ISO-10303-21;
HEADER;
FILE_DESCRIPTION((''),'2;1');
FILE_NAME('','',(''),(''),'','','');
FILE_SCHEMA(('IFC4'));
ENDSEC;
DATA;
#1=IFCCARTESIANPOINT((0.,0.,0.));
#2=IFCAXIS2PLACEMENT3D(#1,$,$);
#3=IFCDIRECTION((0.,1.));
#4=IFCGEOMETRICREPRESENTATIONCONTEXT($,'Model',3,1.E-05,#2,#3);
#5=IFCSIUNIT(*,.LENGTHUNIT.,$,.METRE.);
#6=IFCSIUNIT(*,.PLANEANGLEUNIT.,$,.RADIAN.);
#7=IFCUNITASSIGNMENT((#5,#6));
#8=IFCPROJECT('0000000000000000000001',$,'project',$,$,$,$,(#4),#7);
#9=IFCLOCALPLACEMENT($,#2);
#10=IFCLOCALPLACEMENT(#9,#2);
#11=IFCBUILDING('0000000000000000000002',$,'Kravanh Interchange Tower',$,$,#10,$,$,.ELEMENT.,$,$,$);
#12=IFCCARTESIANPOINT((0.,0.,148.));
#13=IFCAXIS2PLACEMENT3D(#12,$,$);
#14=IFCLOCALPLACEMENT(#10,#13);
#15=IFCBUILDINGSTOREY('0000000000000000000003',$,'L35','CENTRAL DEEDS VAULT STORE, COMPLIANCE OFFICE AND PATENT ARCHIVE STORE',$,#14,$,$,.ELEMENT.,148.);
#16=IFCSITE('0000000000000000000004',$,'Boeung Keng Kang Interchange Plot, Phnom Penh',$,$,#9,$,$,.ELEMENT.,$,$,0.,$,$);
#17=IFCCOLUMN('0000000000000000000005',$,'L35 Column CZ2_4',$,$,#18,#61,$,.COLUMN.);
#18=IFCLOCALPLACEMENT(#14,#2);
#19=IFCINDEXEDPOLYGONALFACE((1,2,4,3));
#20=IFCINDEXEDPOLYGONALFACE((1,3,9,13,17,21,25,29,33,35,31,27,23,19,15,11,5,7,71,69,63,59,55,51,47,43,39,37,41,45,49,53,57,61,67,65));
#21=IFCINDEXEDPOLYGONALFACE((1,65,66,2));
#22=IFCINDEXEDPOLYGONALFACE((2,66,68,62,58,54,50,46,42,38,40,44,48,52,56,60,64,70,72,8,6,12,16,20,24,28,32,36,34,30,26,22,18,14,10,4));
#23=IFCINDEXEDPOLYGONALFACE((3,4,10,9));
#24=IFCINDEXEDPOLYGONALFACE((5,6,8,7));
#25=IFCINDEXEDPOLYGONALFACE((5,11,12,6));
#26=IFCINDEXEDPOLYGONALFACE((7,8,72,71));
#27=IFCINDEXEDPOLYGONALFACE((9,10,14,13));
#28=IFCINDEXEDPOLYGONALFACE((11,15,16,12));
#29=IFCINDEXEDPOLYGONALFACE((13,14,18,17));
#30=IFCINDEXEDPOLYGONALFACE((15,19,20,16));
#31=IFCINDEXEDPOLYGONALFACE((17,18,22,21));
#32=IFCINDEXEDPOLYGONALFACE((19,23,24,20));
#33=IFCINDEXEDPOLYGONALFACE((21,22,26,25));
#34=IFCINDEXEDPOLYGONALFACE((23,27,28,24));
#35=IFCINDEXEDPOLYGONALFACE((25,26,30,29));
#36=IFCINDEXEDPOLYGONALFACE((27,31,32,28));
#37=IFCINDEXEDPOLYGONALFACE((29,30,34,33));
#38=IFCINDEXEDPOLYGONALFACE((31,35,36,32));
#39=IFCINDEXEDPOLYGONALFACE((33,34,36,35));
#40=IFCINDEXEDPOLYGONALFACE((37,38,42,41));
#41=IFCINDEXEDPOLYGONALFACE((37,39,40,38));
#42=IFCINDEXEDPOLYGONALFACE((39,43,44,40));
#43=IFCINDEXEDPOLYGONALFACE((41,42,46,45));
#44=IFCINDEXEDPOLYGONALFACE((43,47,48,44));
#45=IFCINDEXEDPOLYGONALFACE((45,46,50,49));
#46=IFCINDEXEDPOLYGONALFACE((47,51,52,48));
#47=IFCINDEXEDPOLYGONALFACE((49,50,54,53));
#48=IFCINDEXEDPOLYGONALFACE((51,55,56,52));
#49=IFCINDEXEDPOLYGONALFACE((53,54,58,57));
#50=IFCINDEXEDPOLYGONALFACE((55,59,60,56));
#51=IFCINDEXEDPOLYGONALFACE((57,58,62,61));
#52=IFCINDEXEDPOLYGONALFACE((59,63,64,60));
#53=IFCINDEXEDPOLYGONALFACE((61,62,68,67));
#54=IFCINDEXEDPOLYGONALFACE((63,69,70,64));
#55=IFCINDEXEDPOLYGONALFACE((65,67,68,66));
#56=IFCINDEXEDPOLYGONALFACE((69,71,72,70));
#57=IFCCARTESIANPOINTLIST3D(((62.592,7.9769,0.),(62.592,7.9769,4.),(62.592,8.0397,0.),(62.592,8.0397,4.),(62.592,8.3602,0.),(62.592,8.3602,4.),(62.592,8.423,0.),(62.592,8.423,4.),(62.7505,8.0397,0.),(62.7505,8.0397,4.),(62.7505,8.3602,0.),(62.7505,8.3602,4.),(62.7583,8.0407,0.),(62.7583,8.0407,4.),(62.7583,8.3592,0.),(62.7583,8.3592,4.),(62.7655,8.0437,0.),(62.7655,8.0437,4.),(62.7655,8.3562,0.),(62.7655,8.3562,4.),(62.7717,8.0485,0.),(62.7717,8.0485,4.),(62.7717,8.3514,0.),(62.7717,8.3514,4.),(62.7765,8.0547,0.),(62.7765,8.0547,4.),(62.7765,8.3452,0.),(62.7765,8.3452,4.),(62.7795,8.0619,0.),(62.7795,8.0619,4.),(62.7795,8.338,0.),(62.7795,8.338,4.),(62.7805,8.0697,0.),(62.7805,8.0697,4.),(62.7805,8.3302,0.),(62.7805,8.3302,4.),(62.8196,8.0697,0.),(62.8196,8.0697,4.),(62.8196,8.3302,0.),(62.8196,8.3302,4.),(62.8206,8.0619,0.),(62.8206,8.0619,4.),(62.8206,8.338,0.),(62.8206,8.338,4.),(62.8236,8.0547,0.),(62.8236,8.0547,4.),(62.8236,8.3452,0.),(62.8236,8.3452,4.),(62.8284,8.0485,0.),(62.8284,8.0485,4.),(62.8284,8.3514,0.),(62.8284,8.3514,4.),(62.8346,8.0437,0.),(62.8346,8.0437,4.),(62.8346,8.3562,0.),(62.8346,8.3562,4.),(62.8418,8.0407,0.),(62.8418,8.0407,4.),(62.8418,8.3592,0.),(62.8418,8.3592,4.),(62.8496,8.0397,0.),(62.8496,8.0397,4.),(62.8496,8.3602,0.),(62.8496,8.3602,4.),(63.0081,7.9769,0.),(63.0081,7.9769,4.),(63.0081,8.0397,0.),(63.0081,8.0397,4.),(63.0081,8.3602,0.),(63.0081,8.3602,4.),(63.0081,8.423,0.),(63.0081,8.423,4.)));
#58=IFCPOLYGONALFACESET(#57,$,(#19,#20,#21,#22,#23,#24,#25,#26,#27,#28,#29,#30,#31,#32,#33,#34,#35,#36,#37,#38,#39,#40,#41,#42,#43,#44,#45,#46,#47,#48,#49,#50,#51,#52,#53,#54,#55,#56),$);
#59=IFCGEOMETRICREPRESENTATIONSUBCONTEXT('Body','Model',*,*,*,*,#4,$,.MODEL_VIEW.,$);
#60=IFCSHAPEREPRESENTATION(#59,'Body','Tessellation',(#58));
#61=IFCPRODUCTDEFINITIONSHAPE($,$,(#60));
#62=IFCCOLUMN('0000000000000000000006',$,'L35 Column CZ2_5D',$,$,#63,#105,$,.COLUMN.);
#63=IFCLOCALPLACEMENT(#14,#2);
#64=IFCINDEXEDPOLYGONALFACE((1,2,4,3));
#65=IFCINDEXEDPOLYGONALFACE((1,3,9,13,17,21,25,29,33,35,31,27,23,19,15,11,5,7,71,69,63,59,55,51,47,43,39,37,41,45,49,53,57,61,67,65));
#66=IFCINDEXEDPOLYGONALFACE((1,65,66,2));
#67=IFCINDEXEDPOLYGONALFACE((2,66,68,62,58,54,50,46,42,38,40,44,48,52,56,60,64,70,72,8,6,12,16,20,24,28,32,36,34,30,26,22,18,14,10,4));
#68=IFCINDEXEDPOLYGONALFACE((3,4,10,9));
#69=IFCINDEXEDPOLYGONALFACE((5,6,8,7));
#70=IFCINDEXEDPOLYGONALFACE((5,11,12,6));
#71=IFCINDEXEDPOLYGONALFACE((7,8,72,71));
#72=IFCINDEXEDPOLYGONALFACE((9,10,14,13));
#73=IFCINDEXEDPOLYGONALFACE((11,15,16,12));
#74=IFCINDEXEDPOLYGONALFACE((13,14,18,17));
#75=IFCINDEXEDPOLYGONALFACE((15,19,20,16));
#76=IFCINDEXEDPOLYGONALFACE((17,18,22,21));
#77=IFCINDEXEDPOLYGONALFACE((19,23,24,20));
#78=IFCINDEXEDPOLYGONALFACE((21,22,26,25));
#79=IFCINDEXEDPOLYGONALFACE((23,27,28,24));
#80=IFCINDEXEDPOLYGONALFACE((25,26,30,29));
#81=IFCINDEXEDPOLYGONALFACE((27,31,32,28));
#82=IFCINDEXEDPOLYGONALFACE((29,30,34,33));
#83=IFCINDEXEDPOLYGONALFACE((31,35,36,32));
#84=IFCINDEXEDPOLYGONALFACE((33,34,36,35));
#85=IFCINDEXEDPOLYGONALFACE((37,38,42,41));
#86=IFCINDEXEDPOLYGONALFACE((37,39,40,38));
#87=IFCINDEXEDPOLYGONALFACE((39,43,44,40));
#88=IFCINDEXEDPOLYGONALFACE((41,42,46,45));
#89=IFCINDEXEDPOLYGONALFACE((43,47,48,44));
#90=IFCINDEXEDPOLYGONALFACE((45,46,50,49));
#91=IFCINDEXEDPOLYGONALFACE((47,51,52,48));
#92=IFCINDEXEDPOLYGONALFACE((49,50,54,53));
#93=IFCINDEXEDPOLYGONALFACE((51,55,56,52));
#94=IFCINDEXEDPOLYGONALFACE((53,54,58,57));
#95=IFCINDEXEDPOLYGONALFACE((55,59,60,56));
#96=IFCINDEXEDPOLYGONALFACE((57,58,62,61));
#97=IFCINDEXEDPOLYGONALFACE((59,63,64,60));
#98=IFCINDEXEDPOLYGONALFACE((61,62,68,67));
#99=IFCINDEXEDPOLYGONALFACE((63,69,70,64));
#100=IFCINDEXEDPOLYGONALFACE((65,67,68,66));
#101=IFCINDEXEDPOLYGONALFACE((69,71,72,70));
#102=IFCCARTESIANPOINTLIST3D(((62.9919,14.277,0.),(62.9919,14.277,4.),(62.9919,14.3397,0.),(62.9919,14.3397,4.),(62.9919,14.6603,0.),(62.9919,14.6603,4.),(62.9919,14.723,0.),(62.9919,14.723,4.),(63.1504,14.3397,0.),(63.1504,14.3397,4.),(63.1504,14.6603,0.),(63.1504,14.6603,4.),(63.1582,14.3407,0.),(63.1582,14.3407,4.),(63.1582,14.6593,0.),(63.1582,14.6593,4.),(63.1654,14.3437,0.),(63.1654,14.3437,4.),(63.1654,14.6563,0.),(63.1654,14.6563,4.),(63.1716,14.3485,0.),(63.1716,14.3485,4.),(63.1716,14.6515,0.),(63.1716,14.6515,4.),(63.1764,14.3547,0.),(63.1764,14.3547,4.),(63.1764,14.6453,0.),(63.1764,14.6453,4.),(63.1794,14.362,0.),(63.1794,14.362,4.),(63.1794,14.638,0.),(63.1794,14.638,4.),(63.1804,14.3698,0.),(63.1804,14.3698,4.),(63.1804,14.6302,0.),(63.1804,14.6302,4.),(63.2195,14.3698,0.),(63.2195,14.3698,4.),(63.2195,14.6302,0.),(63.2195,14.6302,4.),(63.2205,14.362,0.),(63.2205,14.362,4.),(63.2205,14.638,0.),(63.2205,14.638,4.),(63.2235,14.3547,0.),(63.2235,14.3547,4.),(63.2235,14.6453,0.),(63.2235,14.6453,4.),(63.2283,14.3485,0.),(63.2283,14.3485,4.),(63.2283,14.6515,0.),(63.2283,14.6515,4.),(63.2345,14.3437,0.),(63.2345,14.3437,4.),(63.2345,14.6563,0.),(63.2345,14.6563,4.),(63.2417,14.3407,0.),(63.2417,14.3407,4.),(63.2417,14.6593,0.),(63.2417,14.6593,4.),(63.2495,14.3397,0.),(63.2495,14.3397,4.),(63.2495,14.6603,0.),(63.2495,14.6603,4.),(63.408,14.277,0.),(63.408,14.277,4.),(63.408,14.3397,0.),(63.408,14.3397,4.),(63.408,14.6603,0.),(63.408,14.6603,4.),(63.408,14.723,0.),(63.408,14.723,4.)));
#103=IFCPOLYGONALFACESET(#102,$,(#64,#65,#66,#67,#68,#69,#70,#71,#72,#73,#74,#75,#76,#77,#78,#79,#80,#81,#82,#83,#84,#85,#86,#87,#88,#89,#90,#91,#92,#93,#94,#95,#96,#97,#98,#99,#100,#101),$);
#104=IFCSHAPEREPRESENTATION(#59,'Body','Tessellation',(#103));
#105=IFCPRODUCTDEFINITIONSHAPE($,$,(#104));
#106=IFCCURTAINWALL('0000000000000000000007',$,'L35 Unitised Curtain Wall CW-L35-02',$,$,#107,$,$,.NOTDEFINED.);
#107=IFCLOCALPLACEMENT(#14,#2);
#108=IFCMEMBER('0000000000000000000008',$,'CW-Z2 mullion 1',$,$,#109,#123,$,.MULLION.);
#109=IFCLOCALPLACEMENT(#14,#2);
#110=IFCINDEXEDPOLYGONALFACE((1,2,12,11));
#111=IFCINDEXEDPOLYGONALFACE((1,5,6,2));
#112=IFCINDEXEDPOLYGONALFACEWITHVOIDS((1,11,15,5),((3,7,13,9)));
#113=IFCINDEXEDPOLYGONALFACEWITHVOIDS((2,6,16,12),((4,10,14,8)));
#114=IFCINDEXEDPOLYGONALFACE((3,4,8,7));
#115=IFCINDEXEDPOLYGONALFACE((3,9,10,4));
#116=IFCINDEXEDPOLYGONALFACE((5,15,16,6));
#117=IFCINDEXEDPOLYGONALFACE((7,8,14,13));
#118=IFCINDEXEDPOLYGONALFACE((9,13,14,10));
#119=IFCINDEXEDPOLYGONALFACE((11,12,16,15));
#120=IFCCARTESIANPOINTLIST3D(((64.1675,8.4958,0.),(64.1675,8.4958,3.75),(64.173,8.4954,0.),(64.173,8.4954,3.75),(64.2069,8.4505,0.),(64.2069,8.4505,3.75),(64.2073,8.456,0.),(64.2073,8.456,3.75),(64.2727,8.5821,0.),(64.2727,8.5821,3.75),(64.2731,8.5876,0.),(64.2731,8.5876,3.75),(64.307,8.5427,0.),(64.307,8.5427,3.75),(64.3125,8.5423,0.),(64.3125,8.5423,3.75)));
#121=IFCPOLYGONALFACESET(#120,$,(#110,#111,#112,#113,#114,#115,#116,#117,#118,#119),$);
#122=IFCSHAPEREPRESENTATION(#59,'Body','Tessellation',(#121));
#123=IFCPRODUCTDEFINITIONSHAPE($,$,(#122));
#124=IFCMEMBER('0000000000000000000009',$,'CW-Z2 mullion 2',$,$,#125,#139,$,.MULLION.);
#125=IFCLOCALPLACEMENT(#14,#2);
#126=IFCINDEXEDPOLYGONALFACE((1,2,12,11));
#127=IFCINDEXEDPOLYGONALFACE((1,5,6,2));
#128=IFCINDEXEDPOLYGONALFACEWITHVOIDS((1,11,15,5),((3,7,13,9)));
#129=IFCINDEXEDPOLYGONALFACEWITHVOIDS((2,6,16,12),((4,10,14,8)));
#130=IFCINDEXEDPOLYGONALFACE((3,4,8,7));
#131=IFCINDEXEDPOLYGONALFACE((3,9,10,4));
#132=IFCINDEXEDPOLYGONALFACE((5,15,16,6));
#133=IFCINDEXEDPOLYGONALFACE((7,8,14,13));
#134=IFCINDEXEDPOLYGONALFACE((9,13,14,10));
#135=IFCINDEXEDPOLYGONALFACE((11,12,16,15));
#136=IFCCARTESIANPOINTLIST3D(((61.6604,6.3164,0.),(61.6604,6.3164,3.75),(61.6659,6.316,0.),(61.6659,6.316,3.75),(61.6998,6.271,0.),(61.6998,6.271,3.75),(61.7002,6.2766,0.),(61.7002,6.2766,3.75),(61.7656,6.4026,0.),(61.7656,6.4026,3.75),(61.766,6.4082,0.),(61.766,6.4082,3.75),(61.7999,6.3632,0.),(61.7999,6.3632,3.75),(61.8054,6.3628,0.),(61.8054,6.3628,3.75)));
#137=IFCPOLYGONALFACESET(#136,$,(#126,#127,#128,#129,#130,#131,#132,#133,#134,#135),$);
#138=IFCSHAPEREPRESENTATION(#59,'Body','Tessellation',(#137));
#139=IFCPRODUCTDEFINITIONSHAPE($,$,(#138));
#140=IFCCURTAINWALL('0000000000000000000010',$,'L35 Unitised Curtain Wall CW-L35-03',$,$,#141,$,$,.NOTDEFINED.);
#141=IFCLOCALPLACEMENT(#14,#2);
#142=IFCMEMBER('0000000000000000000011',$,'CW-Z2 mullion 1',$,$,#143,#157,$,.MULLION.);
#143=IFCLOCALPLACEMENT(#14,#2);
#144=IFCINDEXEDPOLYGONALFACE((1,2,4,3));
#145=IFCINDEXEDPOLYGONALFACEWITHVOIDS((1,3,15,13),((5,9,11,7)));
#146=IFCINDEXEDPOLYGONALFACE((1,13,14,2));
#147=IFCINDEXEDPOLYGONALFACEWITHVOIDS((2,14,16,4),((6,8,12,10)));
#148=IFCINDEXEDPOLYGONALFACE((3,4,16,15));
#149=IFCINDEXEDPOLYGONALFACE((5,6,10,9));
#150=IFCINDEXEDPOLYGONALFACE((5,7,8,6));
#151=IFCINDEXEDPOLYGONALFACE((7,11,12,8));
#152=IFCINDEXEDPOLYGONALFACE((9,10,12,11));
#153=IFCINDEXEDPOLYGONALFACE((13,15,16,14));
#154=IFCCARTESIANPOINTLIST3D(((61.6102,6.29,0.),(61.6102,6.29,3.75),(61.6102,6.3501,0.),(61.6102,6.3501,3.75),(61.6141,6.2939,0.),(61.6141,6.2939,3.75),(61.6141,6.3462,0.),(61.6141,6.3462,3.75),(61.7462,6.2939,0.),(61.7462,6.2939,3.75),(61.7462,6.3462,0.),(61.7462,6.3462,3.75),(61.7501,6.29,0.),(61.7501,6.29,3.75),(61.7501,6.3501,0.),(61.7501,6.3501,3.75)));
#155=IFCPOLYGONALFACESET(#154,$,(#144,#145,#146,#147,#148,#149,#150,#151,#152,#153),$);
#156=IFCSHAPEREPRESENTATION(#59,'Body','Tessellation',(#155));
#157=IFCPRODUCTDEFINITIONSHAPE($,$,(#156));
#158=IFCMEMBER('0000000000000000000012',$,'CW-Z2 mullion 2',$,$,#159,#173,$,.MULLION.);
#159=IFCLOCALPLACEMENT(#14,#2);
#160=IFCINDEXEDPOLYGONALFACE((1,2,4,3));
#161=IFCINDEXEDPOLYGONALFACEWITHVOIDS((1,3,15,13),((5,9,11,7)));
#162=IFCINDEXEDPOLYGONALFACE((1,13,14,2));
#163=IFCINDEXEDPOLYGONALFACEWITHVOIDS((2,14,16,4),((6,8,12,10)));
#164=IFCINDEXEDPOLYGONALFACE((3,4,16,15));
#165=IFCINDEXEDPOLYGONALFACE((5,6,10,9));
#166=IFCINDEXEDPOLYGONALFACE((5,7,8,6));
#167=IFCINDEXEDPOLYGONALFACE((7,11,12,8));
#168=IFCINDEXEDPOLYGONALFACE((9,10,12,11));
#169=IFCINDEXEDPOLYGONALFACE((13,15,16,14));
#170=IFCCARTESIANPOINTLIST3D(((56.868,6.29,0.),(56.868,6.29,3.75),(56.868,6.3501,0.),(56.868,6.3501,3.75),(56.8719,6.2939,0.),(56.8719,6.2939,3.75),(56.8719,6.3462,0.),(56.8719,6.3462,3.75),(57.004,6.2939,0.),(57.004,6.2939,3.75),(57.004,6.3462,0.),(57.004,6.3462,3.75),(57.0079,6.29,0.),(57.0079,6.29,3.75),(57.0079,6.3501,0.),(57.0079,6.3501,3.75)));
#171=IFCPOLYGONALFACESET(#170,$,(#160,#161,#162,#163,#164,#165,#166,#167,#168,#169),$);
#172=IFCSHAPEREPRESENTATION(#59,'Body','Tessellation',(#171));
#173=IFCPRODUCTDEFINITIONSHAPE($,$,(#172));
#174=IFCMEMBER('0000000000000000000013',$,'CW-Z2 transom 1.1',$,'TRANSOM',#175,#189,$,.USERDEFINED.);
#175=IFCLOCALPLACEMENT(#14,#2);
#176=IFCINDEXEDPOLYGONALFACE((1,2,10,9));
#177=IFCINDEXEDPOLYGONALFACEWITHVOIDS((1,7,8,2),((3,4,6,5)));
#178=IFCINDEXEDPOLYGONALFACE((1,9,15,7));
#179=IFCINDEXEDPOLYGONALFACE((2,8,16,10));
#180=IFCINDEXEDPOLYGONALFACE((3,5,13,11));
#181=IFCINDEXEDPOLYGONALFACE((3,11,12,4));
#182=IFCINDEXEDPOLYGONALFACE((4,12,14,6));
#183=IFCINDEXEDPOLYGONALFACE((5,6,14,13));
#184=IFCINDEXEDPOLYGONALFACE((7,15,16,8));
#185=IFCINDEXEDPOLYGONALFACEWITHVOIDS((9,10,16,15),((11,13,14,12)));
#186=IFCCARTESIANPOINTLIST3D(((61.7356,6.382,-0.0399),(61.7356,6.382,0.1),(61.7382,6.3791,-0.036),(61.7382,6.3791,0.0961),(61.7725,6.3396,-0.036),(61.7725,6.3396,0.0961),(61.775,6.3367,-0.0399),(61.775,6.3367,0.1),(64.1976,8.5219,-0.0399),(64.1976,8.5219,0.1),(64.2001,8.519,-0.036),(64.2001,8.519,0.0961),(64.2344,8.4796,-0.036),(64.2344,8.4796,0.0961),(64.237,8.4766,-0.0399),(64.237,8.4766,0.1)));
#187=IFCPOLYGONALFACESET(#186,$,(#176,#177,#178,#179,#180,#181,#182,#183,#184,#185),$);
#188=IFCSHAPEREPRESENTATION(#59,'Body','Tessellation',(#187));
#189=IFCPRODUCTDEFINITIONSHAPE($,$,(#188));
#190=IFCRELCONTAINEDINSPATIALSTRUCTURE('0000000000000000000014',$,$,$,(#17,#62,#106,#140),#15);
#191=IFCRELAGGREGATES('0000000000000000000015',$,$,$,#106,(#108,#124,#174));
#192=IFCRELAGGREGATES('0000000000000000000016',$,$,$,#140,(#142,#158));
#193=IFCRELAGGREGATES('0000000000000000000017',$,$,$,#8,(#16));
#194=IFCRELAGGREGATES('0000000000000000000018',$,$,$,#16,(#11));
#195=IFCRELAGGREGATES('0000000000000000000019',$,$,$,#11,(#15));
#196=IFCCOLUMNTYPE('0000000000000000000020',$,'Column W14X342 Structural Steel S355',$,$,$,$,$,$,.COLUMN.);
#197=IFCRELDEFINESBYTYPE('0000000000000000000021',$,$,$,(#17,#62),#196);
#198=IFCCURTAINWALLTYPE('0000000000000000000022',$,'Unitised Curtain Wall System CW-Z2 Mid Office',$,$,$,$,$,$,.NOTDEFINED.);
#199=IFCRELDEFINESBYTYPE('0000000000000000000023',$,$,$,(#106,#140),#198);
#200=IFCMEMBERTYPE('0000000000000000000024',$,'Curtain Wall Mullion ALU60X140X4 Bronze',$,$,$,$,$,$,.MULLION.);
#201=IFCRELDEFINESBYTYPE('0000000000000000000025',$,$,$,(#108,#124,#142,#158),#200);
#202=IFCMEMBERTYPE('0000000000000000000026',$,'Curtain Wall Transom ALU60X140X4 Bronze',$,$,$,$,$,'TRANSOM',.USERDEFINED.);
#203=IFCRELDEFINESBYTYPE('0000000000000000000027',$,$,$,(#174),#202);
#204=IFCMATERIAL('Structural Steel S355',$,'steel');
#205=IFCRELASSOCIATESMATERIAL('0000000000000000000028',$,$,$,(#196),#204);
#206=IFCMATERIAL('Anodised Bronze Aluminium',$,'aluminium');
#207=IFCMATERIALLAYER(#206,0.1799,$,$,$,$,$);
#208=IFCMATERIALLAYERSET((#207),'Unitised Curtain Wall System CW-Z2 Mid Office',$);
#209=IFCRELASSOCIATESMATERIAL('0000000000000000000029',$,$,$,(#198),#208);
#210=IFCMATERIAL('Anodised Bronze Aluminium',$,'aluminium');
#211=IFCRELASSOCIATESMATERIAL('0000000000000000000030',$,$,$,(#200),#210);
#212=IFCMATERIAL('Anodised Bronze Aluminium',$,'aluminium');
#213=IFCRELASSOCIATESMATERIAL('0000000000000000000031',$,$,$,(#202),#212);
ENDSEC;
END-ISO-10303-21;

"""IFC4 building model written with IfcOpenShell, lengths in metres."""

from ifc_helpers import new_model, si_unit, direction, frame, origin, origin_2d, place, context, subcontext, project, spatial, hollow_rectangle, i_section, extrude, material, layer, layer_set, material_profile, profile_set, type_object, element, aggregate, save


model = new_model("IFC4")

# Units and contexts
model_context = context("Model", 3, precision=1e-05, world=origin(), true_north=direction((0.0, 1.0)))
body_context = subcontext(model_context, "Body", "Model", "MODEL_VIEW")
ifc_project = project(units=[si_unit("LENGTHUNIT", "METRE"), si_unit("PLANEANGLEUNIT", "RADIAN")], contexts=[model_context])

# Site, building, storey
site_placement = place(None, origin())
site = spatial("IfcSite", under=ifc_project, at=site_placement, Name="Boeung Keng Kang Interchange Plot, Phnom Penh", CompositionType="ELEMENT", RefElevation=0.0)
building_placement = place(site_placement, origin())
building = spatial("IfcBuilding", under=site, at=building_placement, Name="Kravanh Interchange Tower", CompositionType="ELEMENT")
storey_placement = place(building_placement, frame((0.0, 0.0, 148.0)))
storey = spatial("IfcBuildingStorey", under=building, at=storey_placement, Name="L35", Description="CENTRAL DEEDS VAULT STORE, COMPLIANCE OFFICE AND PATENT ARCHIVE STORE", CompositionType="ELEMENT", Elevation=148.0)

# Columns
ifc_material_1 = material(Name="Structural Steel S355", Category="steel")
ifc_material_profile_1 = material_profile(ifc_material_1, i_section(OverallWidth=0.416, OverallDepth=0.446, WebThickness=0.0391, FlangeThickness=0.0627, FilletRadius=0.03, at=origin_2d()), Name="W14X342")
ifc_profile_set_1 = profile_set([ifc_material_profile_1], Name="Structural Steel S355")
column_type = type_object("IfcColumnType", Name="Column W14X342 Structural Steel S355", PredefinedType="COLUMN", material=ifc_profile_set_1)
for number, where, z_axis, x_axis, name in (
    (1, (62.8, 8.2, 0.0), (0.0, 0.0, 1.0), (1.0, 0.0, 0.0), "L35 Column CZ2_4"),
    (2, (63.2, 14.5, 0.0), (0.0, 0.0, 1.0), (1.0, 0.0, 0.0), "L35 Column CZ2_5D"),
):
    element("IfcColumn", number, at=place(storey_placement, frame(where, z_axis=z_axis, x_axis=x_axis)), inside=storey, type_object=column_type, Name=name, PredefinedType="COLUMN", context=body_context, shape_type="SweptSolid", body=[
        extrude(i_section(OverallWidth=0.416, OverallDepth=0.446, WebThickness=0.0391, FlangeThickness=0.0627, FilletRadius=0.03, at=origin_2d()), origin(), (0.0, 0.0, 1.0), 4.0),
    ])

# Curtain walls, members
ifc_material_2 = material(Name="Anodised Bronze Aluminium", Category="aluminium")
ifc_layer_1 = layer(ifc_material_2, 0.1799)
ifc_layer_set_1 = layer_set([ifc_layer_1], Name="Unitised Curtain Wall System CW-Z2 Mid Office")
curtain_wall_type = type_object("IfcCurtainWallType", Name="Unitised Curtain Wall System CW-Z2 Mid Office", PredefinedType="NOTDEFINED", material=ifc_layer_set_1)
curtain_wall_1_placement = place(storey_placement, origin())
curtain_wall_1 = element("IfcCurtainWall", 3, at=curtain_wall_1_placement, inside=storey, type_object=curtain_wall_type, Name="L35 Unitised Curtain Wall CW-L35-02", PredefinedType="NOTDEFINED")
ifc_material_3 = material(Name="Anodised Bronze Aluminium", Category="aluminium")
ifc_material_profile_2 = material_profile(ifc_material_3, hollow_rectangle(XDim=0.0601, YDim=0.1399, WallThickness=0.0039, at=origin_2d()), Name="ALU60X140X4")
ifc_profile_set_2 = profile_set([ifc_material_profile_2], Name="Anodised Bronze Aluminium")
member_type_1 = type_object("IfcMemberType", Name="Curtain Wall Mullion ALU60X140X4 Bronze", PredefinedType="MULLION", material=ifc_profile_set_2)
member_1_placement = place(storey_placement, frame((64.24, 8.519, 0.0), z_axis=(0.0, 0.0, 1.0), x_axis=(0.656048, -0.754719, 0.0)))
member_1 = element("IfcMember", 4, at=member_1_placement, type_object=member_type_1, Name="CW-Z2 mullion 1", PredefinedType="MULLION", context=body_context, shape_type="SweptSolid", body=[
    extrude(hollow_rectangle(XDim=0.0601, YDim=0.1399, WallThickness=0.0039, at=origin_2d()), origin(), (0.0, 0.0, 1.0), 3.75),
])
member_2_placement = place(storey_placement, frame((61.7329, 6.3396, 0.0), z_axis=(0.0, 0.0, 1.0), x_axis=(0.656048, -0.754719, 0.0)))
member_2 = element("IfcMember", 5, at=member_2_placement, type_object=member_type_1, Name="CW-Z2 mullion 2", PredefinedType="MULLION", context=body_context, shape_type="SweptSolid", body=[
    extrude(hollow_rectangle(XDim=0.0601, YDim=0.1399, WallThickness=0.0039, at=origin_2d()), origin(), (0.0, 0.0, 1.0), 3.75),
])
curtain_wall_2_placement = place(storey_placement, origin())
curtain_wall_2 = element("IfcCurtainWall", 6, at=curtain_wall_2_placement, inside=storey, type_object=curtain_wall_type, Name="L35 Unitised Curtain Wall CW-L35-03", PredefinedType="NOTDEFINED")
member_3_placement = place(storey_placement, frame((61.6802, 6.3201, 0.0), z_axis=(0.0, 0.0, 1.0), x_axis=(0.0, -1.0, 0.0)))
member_3 = element("IfcMember", 7, at=member_3_placement, type_object=member_type_1, Name="CW-Z2 mullion 1", PredefinedType="MULLION", context=body_context, shape_type="SweptSolid", body=[
    extrude(hollow_rectangle(XDim=0.0601, YDim=0.1399, WallThickness=0.0039, at=origin_2d()), origin(), (0.0, 0.0, 1.0), 3.75),
])
member_4_placement = place(storey_placement, frame((56.938, 6.3201, 0.0), z_axis=(0.0, 0.0, 1.0), x_axis=(0.0, -1.0, 0.0)))
member_4 = element("IfcMember", 8, at=member_4_placement, type_object=member_type_1, Name="CW-Z2 mullion 2", PredefinedType="MULLION", context=body_context, shape_type="SweptSolid", body=[
    extrude(hollow_rectangle(XDim=0.0601, YDim=0.1399, WallThickness=0.0039, at=origin_2d()), origin(), (0.0, 0.0, 1.0), 3.75),
])

# Member
ifc_material_4 = material(Name="Anodised Bronze Aluminium", Category="aluminium")
ifc_material_profile_3 = material_profile(ifc_material_4, hollow_rectangle(XDim=0.0601, YDim=0.1399, WallThickness=0.0039, at=origin_2d()), Name="ALU60X140X4")
ifc_profile_set_3 = profile_set([ifc_material_profile_3], Name="Anodised Bronze Aluminium")
member_type_2 = type_object("IfcMemberType", Name="Curtain Wall Transom ALU60X140X4 Bronze", ElementType="TRANSOM", PredefinedType="USERDEFINED", material=ifc_profile_set_3)
member_5_placement = place(storey_placement, frame((64.2173, 8.4993, 0.03), z_axis=(-0.754742, -0.656021, 0.0), x_axis=(0.656021, -0.754742, 0.0)))
member_5 = element("IfcMember", 9, at=member_5_placement, type_object=member_type_2, Name="CW-Z2 transom 1.1", ObjectType="TRANSOM", PredefinedType="USERDEFINED", context=body_context, shape_type="SweptSolid", body=[
    extrude(hollow_rectangle(XDim=0.0601, YDim=0.1399, WallThickness=0.0039, at=origin_2d()), origin(), (0.0, 0.0, 1.0), 3.262),
])

aggregate(curtain_wall_1, [member_1, member_2, member_5])
aggregate(curtain_wall_2, [member_3, member_4])

save(model, "model.ifc")
